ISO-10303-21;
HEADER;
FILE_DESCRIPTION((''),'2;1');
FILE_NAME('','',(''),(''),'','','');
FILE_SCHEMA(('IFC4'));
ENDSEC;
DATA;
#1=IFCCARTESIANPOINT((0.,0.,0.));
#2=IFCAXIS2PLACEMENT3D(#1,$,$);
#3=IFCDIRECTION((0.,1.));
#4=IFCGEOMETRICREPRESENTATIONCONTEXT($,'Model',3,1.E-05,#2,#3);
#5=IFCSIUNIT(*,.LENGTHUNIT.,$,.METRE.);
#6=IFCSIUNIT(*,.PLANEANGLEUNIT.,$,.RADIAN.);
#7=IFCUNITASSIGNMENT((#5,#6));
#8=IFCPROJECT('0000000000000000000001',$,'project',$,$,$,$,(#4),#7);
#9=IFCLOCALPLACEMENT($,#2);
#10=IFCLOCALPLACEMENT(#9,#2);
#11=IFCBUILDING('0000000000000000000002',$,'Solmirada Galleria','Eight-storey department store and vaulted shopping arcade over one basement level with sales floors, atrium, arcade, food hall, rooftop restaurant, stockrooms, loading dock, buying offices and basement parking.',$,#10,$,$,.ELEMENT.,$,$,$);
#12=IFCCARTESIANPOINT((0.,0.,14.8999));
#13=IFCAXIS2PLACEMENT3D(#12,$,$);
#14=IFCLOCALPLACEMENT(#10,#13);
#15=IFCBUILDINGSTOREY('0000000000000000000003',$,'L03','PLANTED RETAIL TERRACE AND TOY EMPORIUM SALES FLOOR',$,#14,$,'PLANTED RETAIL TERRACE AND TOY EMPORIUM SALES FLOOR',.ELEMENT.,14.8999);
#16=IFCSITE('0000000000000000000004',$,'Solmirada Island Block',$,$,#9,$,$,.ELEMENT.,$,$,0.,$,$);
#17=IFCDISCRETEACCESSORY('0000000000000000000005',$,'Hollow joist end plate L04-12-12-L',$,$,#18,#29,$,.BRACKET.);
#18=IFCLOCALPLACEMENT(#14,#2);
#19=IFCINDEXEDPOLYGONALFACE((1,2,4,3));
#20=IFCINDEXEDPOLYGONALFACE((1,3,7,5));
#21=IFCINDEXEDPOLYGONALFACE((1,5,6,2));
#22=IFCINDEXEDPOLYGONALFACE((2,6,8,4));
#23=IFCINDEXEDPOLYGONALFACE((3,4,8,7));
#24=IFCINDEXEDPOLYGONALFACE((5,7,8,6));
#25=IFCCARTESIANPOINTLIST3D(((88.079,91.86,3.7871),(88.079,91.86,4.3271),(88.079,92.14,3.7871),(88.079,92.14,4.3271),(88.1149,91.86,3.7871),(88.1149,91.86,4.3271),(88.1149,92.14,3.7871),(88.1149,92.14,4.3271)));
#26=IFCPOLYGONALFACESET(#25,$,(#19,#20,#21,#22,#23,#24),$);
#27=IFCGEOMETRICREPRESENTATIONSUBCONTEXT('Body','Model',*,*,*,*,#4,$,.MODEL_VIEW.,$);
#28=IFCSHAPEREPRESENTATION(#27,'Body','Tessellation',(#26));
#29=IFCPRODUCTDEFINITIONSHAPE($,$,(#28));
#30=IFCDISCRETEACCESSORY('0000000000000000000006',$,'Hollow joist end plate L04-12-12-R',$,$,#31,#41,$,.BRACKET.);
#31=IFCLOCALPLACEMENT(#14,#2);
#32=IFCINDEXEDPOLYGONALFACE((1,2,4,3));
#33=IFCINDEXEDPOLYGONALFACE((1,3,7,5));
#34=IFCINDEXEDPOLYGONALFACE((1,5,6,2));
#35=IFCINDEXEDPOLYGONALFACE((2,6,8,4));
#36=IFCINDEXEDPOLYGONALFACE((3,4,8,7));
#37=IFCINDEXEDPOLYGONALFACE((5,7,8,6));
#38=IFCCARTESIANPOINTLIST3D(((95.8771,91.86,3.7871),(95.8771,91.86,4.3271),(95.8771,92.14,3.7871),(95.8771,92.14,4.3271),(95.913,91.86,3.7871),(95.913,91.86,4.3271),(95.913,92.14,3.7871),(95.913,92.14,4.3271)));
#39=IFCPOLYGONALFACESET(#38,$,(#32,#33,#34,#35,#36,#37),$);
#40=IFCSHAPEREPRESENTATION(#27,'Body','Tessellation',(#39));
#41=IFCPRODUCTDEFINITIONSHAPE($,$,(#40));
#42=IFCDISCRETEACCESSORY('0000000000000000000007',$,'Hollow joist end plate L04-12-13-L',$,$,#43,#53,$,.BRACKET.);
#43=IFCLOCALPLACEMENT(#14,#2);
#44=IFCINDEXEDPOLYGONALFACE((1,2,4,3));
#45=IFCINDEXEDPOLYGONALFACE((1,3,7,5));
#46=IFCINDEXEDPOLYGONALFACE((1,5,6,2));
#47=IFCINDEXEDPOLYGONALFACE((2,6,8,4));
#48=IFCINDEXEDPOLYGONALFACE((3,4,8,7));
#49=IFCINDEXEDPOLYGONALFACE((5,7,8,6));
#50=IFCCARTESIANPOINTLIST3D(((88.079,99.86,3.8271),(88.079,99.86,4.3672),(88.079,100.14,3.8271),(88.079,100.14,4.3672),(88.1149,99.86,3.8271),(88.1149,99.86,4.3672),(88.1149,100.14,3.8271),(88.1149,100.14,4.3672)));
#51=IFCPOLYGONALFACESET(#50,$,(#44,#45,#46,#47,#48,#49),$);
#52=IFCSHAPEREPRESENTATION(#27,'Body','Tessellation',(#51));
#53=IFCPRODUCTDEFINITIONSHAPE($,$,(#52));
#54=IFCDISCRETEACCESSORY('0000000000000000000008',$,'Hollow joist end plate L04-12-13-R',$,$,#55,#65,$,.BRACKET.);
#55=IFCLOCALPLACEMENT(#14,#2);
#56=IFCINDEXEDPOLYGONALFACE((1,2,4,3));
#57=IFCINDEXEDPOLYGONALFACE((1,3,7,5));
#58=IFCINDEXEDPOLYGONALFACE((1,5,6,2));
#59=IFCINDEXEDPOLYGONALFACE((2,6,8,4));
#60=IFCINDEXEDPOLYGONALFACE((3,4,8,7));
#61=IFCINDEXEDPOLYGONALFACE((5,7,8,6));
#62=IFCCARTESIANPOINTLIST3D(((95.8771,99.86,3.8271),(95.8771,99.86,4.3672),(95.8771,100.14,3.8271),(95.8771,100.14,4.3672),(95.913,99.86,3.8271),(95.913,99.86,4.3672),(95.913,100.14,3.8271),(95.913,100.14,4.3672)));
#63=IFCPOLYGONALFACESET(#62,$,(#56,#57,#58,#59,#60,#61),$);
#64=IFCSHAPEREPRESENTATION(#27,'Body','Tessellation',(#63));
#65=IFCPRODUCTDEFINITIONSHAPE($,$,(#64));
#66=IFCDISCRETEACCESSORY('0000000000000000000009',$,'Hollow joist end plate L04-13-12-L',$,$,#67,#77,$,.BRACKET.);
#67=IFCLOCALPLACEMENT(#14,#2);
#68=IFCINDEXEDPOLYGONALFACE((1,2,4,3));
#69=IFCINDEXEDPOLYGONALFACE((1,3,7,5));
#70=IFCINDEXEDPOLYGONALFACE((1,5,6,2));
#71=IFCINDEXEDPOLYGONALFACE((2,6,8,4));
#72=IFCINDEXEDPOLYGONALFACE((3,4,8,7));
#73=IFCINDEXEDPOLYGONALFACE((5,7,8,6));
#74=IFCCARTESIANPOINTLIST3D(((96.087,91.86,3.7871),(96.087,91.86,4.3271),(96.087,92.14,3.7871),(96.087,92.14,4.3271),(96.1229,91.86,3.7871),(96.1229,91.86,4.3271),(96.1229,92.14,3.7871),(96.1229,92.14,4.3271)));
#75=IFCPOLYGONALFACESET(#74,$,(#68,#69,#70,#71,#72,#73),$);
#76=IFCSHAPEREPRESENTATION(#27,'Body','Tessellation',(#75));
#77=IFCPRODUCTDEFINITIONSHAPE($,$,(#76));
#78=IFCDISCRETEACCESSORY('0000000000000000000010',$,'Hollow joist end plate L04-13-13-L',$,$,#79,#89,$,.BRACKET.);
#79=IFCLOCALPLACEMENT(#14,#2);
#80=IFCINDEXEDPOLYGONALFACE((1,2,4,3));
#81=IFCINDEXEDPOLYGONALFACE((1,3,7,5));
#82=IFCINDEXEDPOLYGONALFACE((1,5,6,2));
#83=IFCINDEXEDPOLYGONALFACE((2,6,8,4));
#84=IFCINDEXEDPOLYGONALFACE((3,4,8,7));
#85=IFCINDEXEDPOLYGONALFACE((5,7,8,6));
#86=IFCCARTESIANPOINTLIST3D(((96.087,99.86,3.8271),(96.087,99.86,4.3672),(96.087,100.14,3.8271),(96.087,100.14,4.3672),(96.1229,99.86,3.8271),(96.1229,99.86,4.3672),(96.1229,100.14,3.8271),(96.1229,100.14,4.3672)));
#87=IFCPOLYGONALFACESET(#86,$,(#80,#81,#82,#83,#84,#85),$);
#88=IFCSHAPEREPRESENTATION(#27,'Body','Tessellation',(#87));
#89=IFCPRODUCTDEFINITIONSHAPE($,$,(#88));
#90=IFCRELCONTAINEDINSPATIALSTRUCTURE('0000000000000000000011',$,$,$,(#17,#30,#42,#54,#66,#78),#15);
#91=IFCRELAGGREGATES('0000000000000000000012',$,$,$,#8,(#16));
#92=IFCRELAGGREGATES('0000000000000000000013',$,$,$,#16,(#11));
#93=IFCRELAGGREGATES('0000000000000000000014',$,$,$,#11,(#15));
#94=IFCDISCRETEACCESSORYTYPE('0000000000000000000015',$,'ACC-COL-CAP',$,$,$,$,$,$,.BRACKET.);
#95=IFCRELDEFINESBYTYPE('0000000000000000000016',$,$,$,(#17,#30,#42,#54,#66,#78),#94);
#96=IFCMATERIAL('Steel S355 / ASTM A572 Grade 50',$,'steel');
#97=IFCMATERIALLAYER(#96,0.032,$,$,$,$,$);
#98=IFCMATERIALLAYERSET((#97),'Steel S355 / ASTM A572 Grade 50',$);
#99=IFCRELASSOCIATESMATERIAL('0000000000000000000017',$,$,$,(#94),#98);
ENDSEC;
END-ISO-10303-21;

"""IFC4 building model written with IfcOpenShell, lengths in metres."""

from ifc_helpers import new_model, si_unit, direction, frame, origin, origin_2d, place, context, subcontext, project, spatial, rectangle, extrude, material, layer, layer_set, type_object, element, save


model = new_model("IFC4")

# Units and contexts
model_context = context("Model", 3, precision=1e-05, world=origin(), true_north=direction((0.0, 1.0)))
body_context = subcontext(model_context, "Body", "Model", "MODEL_VIEW")
ifc_project = project(units=[si_unit("LENGTHUNIT", "METRE"), si_unit("PLANEANGLEUNIT", "RADIAN")], contexts=[model_context])

# Site, building, storey
site_placement = place(None, origin())
site = spatial("IfcSite", under=ifc_project, at=site_placement, Name="Solmirada Island Block", CompositionType="ELEMENT", RefElevation=0.0)
building_placement = place(site_placement, origin())
building = spatial("IfcBuilding", under=site, at=building_placement, Name="Solmirada Galleria", Description="Eight-storey department store and vaulted shopping arcade over one basement level with sales floors, atrium, arcade, food hall, rooftop restaurant, stockrooms, loading dock, buying offices and basement parking.", CompositionType="ELEMENT")
storey_placement = place(building_placement, frame((0.0, 0.0, 14.8999)))
storey = spatial("IfcBuildingStorey", under=building, at=storey_placement, Name="L03", Description="PLANTED RETAIL TERRACE AND TOY EMPORIUM SALES FLOOR", LongName="PLANTED RETAIL TERRACE AND TOY EMPORIUM SALES FLOOR", CompositionType="ELEMENT", Elevation=14.8999)

# Discrete accessories
ifc_material_1 = material(Name="Steel S355 / ASTM A572 Grade 50", Category="steel")
ifc_layer_1 = layer(ifc_material_1, 0.032)
ifc_layer_set_1 = layer_set([ifc_layer_1], Name="Steel S355 / ASTM A572 Grade 50")
discrete_accessory_type = type_object("IfcDiscreteAccessoryType", Name="ACC-COL-CAP", PredefinedType="BRACKET", material=ifc_layer_set_1)
for number, where, z_axis, x_axis, name in (
    (1, (88.0969, 92.0, 3.7871), (0.0, 0.0, 1.0), (1.0, 0.0, 0.0), "Hollow joist end plate L04-12-12-L"),
    (2, (95.895, 92.0, 3.7871), (0.0, 0.0, 1.0), (1.0, 0.0, 0.0), "Hollow joist end plate L04-12-12-R"),
    (3, (88.0969, 100.0, 3.8271), (0.0, 0.0, 1.0), (1.0, 0.0, 0.0), "Hollow joist end plate L04-12-13-L"),
    (4, (95.895, 100.0, 3.8271), (0.0, 0.0, 1.0), (1.0, 0.0, 0.0), "Hollow joist end plate L04-12-13-R"),
    (5, (96.105, 92.0, 3.7871), (0.0, 0.0, 1.0), (1.0, 0.0, 0.0), "Hollow joist end plate L04-13-12-L"),
    (6, (96.105, 100.0, 3.8271), (0.0, 0.0, 1.0), (1.0, 0.0, 0.0), "Hollow joist end plate L04-13-13-L"),
):
    element("IfcDiscreteAccessory", number, at=place(storey_placement, frame(where, z_axis=z_axis, x_axis=x_axis)), inside=storey, type_object=discrete_accessory_type, Name=name, PredefinedType="BRACKET", context=body_context, shape_type="SweptSolid", body=[
        extrude(rectangle(XDim=0.0359, YDim=0.28, at=origin_2d()), origin(), (0.0, 0.0, 1.0), 0.54),
    ])

save(model, "model.ifc")
